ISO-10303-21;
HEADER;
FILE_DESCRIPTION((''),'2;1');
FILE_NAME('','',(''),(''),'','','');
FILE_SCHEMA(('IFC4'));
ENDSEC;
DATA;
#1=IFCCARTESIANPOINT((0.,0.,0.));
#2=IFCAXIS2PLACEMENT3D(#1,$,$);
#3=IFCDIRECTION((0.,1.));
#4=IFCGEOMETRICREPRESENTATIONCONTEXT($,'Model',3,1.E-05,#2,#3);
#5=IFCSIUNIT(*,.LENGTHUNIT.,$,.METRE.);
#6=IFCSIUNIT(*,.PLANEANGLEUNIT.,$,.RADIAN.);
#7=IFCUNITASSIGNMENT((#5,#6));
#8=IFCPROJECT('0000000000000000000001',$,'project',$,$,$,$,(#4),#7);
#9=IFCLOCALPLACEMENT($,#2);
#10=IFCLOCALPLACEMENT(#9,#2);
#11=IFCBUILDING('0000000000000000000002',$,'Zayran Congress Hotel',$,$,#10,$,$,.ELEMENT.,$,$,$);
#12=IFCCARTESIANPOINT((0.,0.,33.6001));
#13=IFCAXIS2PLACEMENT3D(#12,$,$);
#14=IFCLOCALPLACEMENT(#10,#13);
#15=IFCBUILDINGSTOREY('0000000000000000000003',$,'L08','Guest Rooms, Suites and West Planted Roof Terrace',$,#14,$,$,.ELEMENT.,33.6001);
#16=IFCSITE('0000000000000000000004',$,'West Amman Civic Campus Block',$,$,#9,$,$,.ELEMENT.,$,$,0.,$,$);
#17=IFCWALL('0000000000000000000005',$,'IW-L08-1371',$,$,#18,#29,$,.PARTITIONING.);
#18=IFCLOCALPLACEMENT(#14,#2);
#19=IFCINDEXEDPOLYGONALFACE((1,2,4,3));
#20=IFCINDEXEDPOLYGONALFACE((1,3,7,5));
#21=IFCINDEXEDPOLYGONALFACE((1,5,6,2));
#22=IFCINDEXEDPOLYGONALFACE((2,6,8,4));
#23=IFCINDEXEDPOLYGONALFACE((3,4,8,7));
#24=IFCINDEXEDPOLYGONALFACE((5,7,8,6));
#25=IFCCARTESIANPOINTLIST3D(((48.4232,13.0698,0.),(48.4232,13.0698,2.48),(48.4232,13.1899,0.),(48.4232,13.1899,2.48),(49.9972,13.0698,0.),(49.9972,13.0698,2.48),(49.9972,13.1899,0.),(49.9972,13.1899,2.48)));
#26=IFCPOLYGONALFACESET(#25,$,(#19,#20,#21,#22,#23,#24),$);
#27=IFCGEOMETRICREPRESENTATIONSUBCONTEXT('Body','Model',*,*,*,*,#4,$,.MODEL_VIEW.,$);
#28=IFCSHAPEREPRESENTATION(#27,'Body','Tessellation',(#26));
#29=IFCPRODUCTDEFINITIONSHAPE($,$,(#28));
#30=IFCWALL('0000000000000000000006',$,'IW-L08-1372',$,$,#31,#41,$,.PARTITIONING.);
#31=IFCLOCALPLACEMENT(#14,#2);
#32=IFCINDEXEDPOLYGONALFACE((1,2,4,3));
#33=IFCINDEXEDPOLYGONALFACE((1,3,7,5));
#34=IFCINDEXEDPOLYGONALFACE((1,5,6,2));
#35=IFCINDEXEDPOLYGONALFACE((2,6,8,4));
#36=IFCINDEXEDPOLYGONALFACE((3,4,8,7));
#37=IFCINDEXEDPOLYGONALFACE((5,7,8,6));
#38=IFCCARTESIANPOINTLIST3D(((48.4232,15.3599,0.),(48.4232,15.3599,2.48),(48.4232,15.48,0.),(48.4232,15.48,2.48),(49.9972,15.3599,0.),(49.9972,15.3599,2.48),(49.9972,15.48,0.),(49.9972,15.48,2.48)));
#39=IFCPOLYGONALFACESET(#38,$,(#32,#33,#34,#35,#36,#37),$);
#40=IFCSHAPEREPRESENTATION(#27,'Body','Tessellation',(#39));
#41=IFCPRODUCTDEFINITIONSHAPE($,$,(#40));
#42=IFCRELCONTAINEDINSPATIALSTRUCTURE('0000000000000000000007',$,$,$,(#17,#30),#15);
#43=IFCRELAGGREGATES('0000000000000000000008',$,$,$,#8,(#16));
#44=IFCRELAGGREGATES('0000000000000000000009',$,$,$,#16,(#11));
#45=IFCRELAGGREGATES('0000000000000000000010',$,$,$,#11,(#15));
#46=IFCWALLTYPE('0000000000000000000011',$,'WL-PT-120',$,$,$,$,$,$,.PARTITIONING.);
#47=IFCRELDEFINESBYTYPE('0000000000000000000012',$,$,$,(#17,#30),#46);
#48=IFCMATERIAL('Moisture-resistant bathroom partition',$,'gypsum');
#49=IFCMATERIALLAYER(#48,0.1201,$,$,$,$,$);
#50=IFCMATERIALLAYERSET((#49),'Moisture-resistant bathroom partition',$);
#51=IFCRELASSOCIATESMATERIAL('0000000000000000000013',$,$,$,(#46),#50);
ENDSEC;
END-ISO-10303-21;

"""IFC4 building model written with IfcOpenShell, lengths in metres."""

from ifc_helpers import new_model, si_unit, direction, frame, frame_2d, origin, place, context, subcontext, project, spatial, rectangle, extrude, material, layer, layer_set, type_object, element, save


model = new_model("IFC4")

# Units and contexts
model_context = context("Model", 3, precision=1e-05, world=origin(), true_north=direction((0.0, 1.0)))
body_context = subcontext(model_context, "Body", "Model", "MODEL_VIEW")
ifc_project = project(units=[si_unit("LENGTHUNIT", "METRE"), si_unit("PLANEANGLEUNIT", "RADIAN")], contexts=[model_context])

# Site, building, storey
site_placement = place(None, origin())
site = spatial("IfcSite", under=ifc_project, at=site_placement, Name="West Amman Civic Campus Block", CompositionType="ELEMENT", RefElevation=0.0)
building_placement = place(site_placement, origin())
building = spatial("IfcBuilding", under=site, at=building_placement, Name="Zayran Congress Hotel", CompositionType="ELEMENT")
storey_placement = place(building_placement, frame((0.0, 0.0, 33.6001)))
storey = spatial("IfcBuildingStorey", under=building, at=storey_placement, Name="L08", Description="Guest Rooms, Suites and West Planted Roof Terrace", CompositionType="ELEMENT", Elevation=33.6001)

# Shared definitions
ifc_material_1 = material(Name="Moisture-resistant bathroom partition", Category="gypsum")
ifc_layer_1 = layer(ifc_material_1, 0.1201)
ifc_layer_set_1 = layer_set([ifc_layer_1], Name="Moisture-resistant bathroom partition")
wall_type_1 = type_object("IfcWallType", Name="WL-PT-120", PredefinedType="PARTITIONING", material=ifc_layer_set_1)

# Walls
for number, where, z_axis, x_axis, name in (
    (1, (48.4231, 13.1299, 0.0), (0.0, 0.0, 1.0), (1.0, 0.0, 0.0), "IW-L08-1371"),
    (2, (48.4231, 15.4199, 0.0), (0.0, 0.0, 1.0), (1.0, 0.0, 0.0), "IW-L08-1372"),
):
    element("IfcWall", number, at=place(storey_placement, frame(where, z_axis=z_axis, x_axis=x_axis)), inside=storey, type_object=wall_type_1, Name=name, PredefinedType="PARTITIONING", context=body_context, shape_type="SweptSolid", body=[
        extrude(rectangle(XDim=1.574, YDim=0.1201, at=frame_2d((0.7871, 0.0))), origin(), (0.0, 0.0, 1.0), 2.48),
    ])

save(model, "model.ifc")
